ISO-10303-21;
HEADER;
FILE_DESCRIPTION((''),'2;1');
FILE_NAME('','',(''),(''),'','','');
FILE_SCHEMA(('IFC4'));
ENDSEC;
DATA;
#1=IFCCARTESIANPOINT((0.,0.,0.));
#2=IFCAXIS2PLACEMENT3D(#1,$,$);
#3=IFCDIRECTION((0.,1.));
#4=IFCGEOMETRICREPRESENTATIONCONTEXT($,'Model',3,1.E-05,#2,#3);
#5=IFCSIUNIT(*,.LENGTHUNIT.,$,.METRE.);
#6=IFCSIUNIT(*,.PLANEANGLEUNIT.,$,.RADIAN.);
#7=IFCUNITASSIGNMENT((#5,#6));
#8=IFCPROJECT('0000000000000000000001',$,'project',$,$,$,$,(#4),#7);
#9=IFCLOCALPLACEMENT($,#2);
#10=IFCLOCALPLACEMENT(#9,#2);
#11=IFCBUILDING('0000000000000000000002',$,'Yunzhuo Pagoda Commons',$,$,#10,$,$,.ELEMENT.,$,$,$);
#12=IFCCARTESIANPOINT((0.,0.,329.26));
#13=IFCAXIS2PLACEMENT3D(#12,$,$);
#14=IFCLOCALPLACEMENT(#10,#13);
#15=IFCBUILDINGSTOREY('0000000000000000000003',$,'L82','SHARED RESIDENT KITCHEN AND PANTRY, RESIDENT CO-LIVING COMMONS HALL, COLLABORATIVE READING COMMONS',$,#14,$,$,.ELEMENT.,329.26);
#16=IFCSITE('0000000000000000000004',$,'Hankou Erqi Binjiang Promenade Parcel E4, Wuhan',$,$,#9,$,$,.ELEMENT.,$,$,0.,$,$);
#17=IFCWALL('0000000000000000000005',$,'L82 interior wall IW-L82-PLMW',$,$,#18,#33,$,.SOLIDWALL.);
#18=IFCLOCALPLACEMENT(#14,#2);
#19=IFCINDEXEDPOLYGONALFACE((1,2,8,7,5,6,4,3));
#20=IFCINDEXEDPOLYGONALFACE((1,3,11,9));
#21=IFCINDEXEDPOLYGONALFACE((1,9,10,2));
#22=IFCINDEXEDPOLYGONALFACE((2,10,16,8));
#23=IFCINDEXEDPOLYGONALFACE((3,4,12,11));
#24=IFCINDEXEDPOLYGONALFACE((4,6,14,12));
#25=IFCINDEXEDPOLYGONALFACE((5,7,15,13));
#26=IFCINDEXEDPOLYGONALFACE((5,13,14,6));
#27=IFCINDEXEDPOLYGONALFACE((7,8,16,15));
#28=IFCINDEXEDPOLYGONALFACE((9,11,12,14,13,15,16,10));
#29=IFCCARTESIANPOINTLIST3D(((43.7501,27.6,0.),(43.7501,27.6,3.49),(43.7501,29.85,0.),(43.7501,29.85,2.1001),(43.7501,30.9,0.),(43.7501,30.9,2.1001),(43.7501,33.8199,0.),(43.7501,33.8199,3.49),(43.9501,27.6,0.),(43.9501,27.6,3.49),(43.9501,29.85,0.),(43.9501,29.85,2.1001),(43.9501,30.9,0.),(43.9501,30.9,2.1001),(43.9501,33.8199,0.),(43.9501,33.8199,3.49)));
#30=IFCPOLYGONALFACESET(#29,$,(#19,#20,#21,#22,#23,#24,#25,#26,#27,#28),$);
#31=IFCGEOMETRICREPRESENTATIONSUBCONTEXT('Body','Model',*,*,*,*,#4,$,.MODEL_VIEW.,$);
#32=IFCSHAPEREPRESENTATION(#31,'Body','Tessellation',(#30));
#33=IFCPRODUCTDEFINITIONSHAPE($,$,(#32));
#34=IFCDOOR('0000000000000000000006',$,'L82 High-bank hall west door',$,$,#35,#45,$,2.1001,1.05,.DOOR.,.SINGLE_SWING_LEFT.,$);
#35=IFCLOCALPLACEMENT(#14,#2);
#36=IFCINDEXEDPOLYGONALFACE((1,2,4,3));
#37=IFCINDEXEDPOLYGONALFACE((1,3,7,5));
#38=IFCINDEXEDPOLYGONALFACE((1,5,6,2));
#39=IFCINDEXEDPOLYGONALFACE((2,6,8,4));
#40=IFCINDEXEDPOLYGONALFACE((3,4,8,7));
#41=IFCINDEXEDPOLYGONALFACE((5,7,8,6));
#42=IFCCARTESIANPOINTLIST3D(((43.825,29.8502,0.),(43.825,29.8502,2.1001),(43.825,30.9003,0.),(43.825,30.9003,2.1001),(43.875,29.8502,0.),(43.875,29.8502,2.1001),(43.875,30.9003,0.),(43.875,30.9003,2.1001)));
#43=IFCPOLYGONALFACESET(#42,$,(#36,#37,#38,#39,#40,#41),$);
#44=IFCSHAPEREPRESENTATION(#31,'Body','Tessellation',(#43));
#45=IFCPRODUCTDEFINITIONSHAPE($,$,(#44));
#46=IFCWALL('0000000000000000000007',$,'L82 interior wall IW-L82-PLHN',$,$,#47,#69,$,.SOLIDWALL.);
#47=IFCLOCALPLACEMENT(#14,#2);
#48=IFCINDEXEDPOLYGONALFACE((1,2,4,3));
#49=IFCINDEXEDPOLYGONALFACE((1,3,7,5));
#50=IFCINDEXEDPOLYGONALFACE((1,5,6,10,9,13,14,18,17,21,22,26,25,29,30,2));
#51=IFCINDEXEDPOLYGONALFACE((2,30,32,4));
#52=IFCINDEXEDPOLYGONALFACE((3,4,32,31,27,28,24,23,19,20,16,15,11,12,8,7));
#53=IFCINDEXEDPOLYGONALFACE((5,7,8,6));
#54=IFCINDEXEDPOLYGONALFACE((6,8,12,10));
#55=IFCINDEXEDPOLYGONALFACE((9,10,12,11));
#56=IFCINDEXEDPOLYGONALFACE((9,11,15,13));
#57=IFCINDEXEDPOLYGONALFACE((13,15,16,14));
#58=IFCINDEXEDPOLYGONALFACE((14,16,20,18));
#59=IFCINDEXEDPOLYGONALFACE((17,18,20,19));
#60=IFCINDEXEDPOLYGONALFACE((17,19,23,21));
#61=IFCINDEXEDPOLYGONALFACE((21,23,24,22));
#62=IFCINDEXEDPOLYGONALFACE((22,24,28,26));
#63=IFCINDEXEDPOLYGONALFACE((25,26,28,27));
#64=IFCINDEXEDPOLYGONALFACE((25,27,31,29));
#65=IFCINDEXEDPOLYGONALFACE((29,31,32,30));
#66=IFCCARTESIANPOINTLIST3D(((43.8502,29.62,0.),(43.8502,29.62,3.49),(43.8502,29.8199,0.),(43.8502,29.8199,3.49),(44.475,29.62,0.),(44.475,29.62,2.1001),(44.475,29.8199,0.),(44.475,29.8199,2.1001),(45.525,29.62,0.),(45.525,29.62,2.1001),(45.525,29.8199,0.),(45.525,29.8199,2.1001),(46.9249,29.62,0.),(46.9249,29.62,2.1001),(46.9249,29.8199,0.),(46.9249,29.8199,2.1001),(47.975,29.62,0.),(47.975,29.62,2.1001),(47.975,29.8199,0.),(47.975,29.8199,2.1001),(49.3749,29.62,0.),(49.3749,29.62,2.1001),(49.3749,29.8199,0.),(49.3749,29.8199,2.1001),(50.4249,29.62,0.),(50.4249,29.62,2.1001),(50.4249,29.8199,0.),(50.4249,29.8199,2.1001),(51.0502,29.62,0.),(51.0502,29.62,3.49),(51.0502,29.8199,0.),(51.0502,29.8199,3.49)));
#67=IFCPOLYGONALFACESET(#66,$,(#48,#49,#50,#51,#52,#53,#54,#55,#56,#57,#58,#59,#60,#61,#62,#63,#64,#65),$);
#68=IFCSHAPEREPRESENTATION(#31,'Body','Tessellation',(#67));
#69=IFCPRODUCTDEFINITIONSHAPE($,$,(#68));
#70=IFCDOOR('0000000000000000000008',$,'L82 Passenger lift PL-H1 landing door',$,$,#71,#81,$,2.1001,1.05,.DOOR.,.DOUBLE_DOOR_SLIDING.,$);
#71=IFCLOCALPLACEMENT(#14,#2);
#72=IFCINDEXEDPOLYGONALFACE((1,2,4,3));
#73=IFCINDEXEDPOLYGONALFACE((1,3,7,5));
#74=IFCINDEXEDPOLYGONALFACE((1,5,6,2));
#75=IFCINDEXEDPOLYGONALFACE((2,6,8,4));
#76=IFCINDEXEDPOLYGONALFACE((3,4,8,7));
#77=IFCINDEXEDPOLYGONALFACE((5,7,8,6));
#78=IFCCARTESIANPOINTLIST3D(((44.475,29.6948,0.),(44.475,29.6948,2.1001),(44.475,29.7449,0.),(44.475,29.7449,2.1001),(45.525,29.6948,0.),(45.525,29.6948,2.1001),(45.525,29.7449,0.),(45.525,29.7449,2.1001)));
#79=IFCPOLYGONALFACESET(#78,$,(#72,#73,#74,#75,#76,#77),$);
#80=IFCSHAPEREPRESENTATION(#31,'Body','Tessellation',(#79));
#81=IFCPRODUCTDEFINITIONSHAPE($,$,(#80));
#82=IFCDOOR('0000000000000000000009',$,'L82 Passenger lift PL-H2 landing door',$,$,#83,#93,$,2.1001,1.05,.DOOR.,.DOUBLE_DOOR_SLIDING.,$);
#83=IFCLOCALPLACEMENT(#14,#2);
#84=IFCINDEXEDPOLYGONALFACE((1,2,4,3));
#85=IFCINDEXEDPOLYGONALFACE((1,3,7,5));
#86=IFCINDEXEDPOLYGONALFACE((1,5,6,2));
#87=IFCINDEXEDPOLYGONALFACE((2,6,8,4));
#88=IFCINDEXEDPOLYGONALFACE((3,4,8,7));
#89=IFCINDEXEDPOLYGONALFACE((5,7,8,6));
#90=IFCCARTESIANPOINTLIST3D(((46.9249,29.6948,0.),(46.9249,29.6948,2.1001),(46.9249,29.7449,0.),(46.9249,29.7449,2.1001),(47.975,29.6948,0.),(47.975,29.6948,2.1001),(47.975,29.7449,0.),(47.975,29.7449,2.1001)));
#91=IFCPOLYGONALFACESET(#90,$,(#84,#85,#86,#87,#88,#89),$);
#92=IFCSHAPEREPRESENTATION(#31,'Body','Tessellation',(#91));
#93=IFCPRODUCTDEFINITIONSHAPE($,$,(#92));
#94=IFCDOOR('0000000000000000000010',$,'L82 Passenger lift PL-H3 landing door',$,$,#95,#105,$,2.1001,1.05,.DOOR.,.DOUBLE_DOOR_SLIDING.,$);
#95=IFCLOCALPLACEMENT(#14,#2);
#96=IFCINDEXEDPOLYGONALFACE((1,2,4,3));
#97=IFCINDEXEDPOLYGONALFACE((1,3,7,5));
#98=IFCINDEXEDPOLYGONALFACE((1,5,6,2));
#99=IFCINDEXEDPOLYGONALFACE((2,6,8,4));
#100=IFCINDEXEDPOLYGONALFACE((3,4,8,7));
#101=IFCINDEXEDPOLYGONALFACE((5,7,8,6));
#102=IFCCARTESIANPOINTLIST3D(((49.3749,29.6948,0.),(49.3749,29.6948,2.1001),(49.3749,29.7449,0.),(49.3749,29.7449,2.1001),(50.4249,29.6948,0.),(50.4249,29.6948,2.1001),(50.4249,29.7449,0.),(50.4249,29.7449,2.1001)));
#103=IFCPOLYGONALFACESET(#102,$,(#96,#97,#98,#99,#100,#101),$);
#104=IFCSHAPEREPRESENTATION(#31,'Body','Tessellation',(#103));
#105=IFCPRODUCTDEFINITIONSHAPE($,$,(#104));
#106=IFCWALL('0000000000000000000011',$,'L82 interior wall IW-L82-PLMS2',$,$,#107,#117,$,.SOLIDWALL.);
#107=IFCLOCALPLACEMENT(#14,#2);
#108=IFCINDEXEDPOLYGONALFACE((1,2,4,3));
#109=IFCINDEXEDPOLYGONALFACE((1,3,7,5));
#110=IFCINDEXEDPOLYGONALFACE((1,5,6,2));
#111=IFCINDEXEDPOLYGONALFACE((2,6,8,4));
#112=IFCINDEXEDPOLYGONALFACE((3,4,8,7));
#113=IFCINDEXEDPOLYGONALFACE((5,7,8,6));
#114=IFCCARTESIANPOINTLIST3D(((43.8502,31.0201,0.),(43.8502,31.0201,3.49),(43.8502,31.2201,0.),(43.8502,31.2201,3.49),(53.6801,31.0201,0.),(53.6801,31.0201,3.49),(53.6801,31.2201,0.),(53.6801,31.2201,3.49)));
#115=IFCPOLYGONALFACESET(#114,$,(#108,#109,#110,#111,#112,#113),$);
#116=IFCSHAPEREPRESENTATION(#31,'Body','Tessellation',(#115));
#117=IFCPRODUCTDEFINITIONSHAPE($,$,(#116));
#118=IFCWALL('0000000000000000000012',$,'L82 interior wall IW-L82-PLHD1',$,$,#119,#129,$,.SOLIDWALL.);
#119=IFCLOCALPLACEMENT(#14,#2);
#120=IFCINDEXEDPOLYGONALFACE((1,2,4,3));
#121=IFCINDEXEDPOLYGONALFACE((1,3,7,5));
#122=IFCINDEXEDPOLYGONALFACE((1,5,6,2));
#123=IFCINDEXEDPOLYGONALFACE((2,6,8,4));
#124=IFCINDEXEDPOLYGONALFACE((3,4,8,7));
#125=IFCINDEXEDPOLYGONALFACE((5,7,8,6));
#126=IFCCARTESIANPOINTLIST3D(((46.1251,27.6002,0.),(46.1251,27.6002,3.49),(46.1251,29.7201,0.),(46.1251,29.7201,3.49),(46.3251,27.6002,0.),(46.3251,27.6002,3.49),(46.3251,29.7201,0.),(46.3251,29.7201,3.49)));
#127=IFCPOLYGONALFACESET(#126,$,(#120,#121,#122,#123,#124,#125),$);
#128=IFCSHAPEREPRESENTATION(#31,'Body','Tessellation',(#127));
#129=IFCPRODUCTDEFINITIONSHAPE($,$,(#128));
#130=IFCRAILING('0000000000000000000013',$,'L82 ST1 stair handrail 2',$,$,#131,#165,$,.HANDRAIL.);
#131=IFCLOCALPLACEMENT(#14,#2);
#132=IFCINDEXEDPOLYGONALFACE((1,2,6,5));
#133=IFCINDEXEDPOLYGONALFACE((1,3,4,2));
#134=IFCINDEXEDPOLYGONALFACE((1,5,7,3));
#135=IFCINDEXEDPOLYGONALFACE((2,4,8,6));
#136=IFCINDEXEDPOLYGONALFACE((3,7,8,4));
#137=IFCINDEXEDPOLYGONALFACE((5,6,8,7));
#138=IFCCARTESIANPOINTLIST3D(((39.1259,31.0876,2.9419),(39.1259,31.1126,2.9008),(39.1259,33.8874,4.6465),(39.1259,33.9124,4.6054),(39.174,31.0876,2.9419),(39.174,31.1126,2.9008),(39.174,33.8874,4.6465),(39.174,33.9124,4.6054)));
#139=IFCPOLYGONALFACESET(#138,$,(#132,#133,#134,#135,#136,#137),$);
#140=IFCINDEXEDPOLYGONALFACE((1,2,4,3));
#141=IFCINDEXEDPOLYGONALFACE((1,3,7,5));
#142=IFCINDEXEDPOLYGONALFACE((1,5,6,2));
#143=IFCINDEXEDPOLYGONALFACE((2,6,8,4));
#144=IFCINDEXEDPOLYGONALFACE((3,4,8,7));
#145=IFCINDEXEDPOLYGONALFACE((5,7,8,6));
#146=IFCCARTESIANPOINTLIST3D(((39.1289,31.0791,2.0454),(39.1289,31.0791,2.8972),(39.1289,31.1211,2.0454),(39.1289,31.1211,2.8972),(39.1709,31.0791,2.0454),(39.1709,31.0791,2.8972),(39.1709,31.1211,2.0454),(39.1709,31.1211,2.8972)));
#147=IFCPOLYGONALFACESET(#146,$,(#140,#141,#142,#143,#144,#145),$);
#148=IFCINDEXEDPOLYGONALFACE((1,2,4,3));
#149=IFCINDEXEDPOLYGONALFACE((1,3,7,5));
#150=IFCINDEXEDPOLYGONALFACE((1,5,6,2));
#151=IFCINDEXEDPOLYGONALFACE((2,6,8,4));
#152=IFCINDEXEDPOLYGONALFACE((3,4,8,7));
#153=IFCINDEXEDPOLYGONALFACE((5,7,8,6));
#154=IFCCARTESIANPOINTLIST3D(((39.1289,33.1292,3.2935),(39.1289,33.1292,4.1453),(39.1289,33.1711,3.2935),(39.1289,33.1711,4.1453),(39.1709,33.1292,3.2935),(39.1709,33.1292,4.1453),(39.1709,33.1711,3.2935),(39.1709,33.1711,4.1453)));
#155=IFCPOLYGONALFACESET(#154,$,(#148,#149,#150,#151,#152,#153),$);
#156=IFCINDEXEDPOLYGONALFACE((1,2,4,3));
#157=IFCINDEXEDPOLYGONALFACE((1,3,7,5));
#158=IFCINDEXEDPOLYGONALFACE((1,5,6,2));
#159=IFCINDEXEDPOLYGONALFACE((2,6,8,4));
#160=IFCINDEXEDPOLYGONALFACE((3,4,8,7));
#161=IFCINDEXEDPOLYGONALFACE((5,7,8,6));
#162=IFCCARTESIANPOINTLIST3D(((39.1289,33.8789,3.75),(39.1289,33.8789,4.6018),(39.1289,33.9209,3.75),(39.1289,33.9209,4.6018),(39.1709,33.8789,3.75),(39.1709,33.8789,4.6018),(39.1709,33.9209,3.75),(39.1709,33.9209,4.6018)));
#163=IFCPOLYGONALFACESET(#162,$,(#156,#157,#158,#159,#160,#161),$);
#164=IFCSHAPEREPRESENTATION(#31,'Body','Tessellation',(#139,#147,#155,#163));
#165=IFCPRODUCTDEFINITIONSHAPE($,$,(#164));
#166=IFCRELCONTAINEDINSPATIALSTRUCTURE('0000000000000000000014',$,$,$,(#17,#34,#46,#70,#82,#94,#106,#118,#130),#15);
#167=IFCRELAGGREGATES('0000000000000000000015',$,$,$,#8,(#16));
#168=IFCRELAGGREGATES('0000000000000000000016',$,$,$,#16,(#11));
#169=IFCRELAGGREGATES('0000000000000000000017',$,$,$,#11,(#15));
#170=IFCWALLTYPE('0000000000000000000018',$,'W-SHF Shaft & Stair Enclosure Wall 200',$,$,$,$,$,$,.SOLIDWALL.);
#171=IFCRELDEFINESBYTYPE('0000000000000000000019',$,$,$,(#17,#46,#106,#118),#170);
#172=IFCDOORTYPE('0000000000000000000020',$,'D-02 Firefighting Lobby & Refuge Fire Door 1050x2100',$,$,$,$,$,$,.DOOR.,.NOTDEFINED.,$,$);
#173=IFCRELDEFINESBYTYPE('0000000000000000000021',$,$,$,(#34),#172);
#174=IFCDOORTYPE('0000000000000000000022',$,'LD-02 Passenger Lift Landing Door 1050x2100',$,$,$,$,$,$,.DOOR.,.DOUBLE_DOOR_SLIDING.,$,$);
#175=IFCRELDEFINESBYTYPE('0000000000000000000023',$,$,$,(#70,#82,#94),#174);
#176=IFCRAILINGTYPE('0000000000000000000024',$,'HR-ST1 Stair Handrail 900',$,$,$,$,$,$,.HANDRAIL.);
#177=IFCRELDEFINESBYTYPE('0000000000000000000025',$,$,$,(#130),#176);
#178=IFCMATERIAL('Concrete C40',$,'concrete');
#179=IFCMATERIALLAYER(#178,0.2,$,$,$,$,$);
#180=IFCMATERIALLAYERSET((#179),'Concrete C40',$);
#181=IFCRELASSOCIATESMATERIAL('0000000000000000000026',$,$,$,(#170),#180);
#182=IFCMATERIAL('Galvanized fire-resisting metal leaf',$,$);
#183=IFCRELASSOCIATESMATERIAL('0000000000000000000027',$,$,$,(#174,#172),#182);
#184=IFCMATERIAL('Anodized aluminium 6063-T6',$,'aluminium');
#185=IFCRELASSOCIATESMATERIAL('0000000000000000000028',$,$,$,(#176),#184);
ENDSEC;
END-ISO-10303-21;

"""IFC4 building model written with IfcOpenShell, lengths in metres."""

from ifc_helpers import new_model, si_unit, direction, frame, frame_2d, origin, origin_with_axes, origin_2d, place, context, subcontext, project, spatial, rectangle, extrude, source, transform, mapped, material, layer, layer_set, type_object, element, fill, save


model = new_model("IFC4")

# Units and contexts
model_context = context("Model", 3, precision=1e-05, world=origin(), true_north=direction((0.0, 1.0)))
body_context = subcontext(model_context, "Body", "Model", "MODEL_VIEW")
ifc_project = project(units=[si_unit("LENGTHUNIT", "METRE"), si_unit("PLANEANGLEUNIT", "RADIAN")], contexts=[model_context])

# Site, building, storey
site_placement = place(None, origin())
site = spatial("IfcSite", under=ifc_project, at=site_placement, Name="Hankou Erqi Binjiang Promenade Parcel E4, Wuhan", CompositionType="ELEMENT", RefElevation=0.0)
building_placement = place(site_placement, origin())
building = spatial("IfcBuilding", under=site, at=building_placement, Name="Yunzhuo Pagoda Commons", CompositionType="ELEMENT")
storey_placement = place(building_placement, frame((0.0, 0.0, 329.26)))
storey = spatial("IfcBuildingStorey", under=building, at=storey_placement, Name="L82", Description="SHARED RESIDENT KITCHEN AND PANTRY, RESIDENT CO-LIVING COMMONS HALL, COLLABORATIVE READING COMMONS", CompositionType="ELEMENT", Elevation=329.26)

# Shared definitions
ifc_material_1 = material(Name="Galvanized fire-resisting metal leaf")
ifc_material_2 = material(Name="Concrete C40", Category="concrete")
ifc_layer_1 = layer(ifc_material_2, 0.2)
ifc_layer_set_1 = layer_set([ifc_layer_1], Name="Concrete C40")
wall_type_1 = type_object("IfcWallType", Name="W-SHF Shaft & Stair Enclosure Wall 200", PredefinedType="SOLIDWALL", material=ifc_layer_set_1)
door_type_1 = type_object("IfcDoorType", Name="LD-02 Passenger Lift Landing Door 1050x2100", OperationType="DOUBLE_DOOR_SLIDING", PredefinedType="DOOR", material=ifc_material_1)
shared_shape_1 = source(origin(), body_context, "Body", "SweptSolid", [
    extrude(rectangle(XDim=1.05, YDim=2.1001, at=frame_2d((0.5249, 1.05))), frame((0.0, 0.0249, 0.0), z_axis=(0.0, -1.0, 0.0), x_axis=(1.0, 0.0, 0.0)), (0.0, 0.0, 1.0), 0.05),
])

# Wall, opening, door
wall_1_placement = place(storey_placement, frame((43.8501, 27.6001, 0.0), z_axis=(0.0, 0.0, 1.0), x_axis=(0.0, 1.0, 0.0)))
wall_1 = element("IfcWall", 1, at=wall_1_placement, inside=storey, type_object=wall_type_1, Name="L82 interior wall IW-L82-PLMW", PredefinedType="SOLIDWALL", context=body_context, shape_type="SweptSolid", body=[
    extrude(rectangle(XDim=6.22, YDim=0.2, at=frame_2d((3.1099, 0.0))), origin(), (0.0, 0.0, 1.0), 3.49),
])
opening_1_placement = place(wall_1_placement, frame((2.25, 0.0, 0.0)))
opening_1 = element("IfcOpeningElement", 2, at=opening_1_placement, cuts=wall_1, PredefinedType="OPENING", context=body_context, shape_type="SweptSolid", body=[
    extrude(rectangle(XDim=1.05, YDim=2.1001, at=frame_2d((0.5249, 1.05))), frame((0.0, 0.1099, 0.0), z_axis=(0.0, -1.0, 0.0), x_axis=(1.0, 0.0, 0.0)), (0.0, 0.0, 1.0), 0.22),
])
door_type_2 = type_object("IfcDoorType", Name="D-02 Firefighting Lobby & Refuge Fire Door 1050x2100", OperationType="NOTDEFINED", PredefinedType="DOOR", material=ifc_material_1)
door_1_placement = place(opening_1_placement, frame((1.05, 0.0, 0.0), z_axis=(0.0, 0.0, 1.0), x_axis=(-1.0, 0.0, 0.0)))
door_1 = element("IfcDoor", 3, at=door_1_placement, inside=storey, type_object=door_type_2, Name="L82 High-bank hall west door", OperationType="SINGLE_SWING_LEFT", OverallHeight=2.1001, OverallWidth=1.05, PredefinedType="DOOR", context=body_context, shape_type="MappedRepresentation", body=[
    mapped(shared_shape_1, transform((0.0, 0.0, 0.0), scale=1.0)),
])
fill(opening_1, door_1)

# Wall, openings, doors
wall_2_placement = place(storey_placement, frame((43.8501, 29.72, 0.0), z_axis=(0.0, 0.0, 1.0), x_axis=(1.0, 0.0, 0.0)))
wall_2 = element("IfcWall", 4, at=wall_2_placement, inside=storey, type_object=wall_type_1, Name="L82 interior wall IW-L82-PLHN", PredefinedType="SOLIDWALL", context=body_context, shape_type="SweptSolid", body=[
    extrude(rectangle(XDim=7.2, YDim=0.2, at=frame_2d((3.6001, 0.0))), origin(), (0.0, 0.0, 1.0), 3.49),
])
opening_2_placement = place(wall_2_placement, frame((0.625, 0.0, 0.0)))
opening_2 = element("IfcOpeningElement", 5, at=opening_2_placement, cuts=wall_2, PredefinedType="OPENING", context=body_context, shape_type="SweptSolid", body=[
    extrude(rectangle(XDim=1.05, YDim=2.1001, at=frame_2d((0.5249, 1.05))), frame((0.0, 0.1099, 0.0), z_axis=(0.0, -1.0, 0.0), x_axis=(1.0, 0.0, 0.0)), (0.0, 0.0, 1.0), 0.22),
])
opening_3_placement = place(wall_2_placement, frame((3.075, 0.0, 0.0)))
opening_3 = element("IfcOpeningElement", 6, at=opening_3_placement, cuts=wall_2, PredefinedType="OPENING", context=body_context, shape_type="SweptSolid", body=[
    extrude(rectangle(XDim=1.05, YDim=2.1001, at=frame_2d((0.5249, 1.05))), frame((0.0, 0.1099, 0.0), z_axis=(0.0, -1.0, 0.0), x_axis=(1.0, 0.0, 0.0)), (0.0, 0.0, 1.0), 0.22),
])
opening_4_placement = place(wall_2_placement, frame((5.5249, 0.0, 0.0)))
opening_4 = element("IfcOpeningElement", 7, at=opening_4_placement, cuts=wall_2, PredefinedType="OPENING", context=body_context, shape_type="SweptSolid", body=[
    extrude(rectangle(XDim=1.05, YDim=2.1001, at=frame_2d((0.5249, 1.05))), frame((0.0, 0.1099, 0.0), z_axis=(0.0, -1.0, 0.0), x_axis=(1.0, 0.0, 0.0)), (0.0, 0.0, 1.0), 0.22),
])
door_2_placement = place(opening_2_placement, origin_with_axes())
door_2 = element("IfcDoor", 8, at=door_2_placement, inside=storey, type_object=door_type_1, Name="L82 Passenger lift PL-H1 landing door", OperationType="DOUBLE_DOOR_SLIDING", OverallHeight=2.1001, OverallWidth=1.05, PredefinedType="DOOR", context=body_context, shape_type="MappedRepresentation", body=[
    mapped(shared_shape_1, transform((0.0, 0.0, 0.0), scale=1.0)),
])
fill(opening_2, door_2)
door_3_placement = place(opening_3_placement, origin_with_axes())
door_3 = element("IfcDoor", 9, at=door_3_placement, inside=storey, type_object=door_type_1, Name="L82 Passenger lift PL-H2 landing door", OperationType="DOUBLE_DOOR_SLIDING", OverallHeight=2.1001, OverallWidth=1.05, PredefinedType="DOOR", context=body_context, shape_type="MappedRepresentation", body=[
    mapped(shared_shape_1, transform((0.0, 0.0, 0.0), scale=1.0)),
])
fill(opening_3, door_3)
door_4_placement = place(opening_4_placement, origin_with_axes())
door_4 = element("IfcDoor", 10, at=door_4_placement, inside=storey, type_object=door_type_1, Name="L82 Passenger lift PL-H3 landing door", OperationType="DOUBLE_DOOR_SLIDING", OverallHeight=2.1001, OverallWidth=1.05, PredefinedType="DOOR", context=body_context, shape_type="MappedRepresentation", body=[
    mapped(shared_shape_1, transform((0.0, 0.0, 0.0), scale=1.0)),
])
fill(opening_4, door_4)

# Walls
wall_3_placement = place(storey_placement, frame((43.8501, 31.1201, 0.0), z_axis=(0.0, 0.0, 1.0), x_axis=(1.0, 0.0, 0.0)))
element("IfcWall", 11, at=wall_3_placement, inside=storey, type_object=wall_type_1, Name="L82 interior wall IW-L82-PLMS2", PredefinedType="SOLIDWALL", context=body_context, shape_type="SweptSolid", body=[
    extrude(rectangle(XDim=9.8298, YDim=0.2, at=frame_2d((4.915, 0.0))), origin(), (0.0, 0.0, 1.0), 3.49),
])
wall_4_placement = place(storey_placement, frame((46.2251, 27.6001, 0.0), z_axis=(0.0, 0.0, 1.0), x_axis=(0.0, 1.0, 0.0)))
element("IfcWall", 12, at=wall_4_placement, inside=storey, type_object=wall_type_1, Name="L82 interior wall IW-L82-PLHD1", PredefinedType="SOLIDWALL", context=body_context, shape_type="SweptSolid", body=[
    extrude(rectangle(XDim=2.1199, YDim=0.2, at=frame_2d((1.0601, 0.0))), origin(), (0.0, 0.0, 1.0), 3.49),
])

# Railing
ifc_material_3 = material(Name="Anodized aluminium 6063-T6", Category="aluminium")
railing_type = type_object("IfcRailingType", Name="HR-ST1 Stair Handrail 900", PredefinedType="HANDRAIL", material=ifc_material_3)
railing_placement = place(storey_placement, frame((39.1499, 31.1001, 2.0454)))
element("IfcRailing", 13, at=railing_placement, inside=storey, type_object=railing_type, Name="L82 ST1 stair handrail 2", PredefinedType="HANDRAIL", context=body_context, shape_type="SweptSolid", body=[
    extrude(rectangle(XDim=0.0481, YDim=0.0481, at=origin_2d()), frame((0.0, 0.0, 0.876), z_axis=(0.0, 0.85415, 0.520027), x_axis=(-1.0, 0.0, 0.0)), (0.0, 0.0, 1.0), 3.2778),
    extrude(rectangle(XDim=0.042, YDim=0.042, at=origin_2d()), origin(), (0.0, 0.0, 1.0), 0.8518),
    extrude(rectangle(XDim=0.042, YDim=0.042, at=origin_2d()), frame((0.0, 2.05, 1.248)), (0.0, 0.0, 1.0), 0.8518),
    extrude(rectangle(XDim=0.042, YDim=0.042, at=origin_2d()), frame((0.0, 2.7998, 1.7046)), (0.0, 0.0, 1.0), 0.8518),
])

save(model, "model.ifc")
